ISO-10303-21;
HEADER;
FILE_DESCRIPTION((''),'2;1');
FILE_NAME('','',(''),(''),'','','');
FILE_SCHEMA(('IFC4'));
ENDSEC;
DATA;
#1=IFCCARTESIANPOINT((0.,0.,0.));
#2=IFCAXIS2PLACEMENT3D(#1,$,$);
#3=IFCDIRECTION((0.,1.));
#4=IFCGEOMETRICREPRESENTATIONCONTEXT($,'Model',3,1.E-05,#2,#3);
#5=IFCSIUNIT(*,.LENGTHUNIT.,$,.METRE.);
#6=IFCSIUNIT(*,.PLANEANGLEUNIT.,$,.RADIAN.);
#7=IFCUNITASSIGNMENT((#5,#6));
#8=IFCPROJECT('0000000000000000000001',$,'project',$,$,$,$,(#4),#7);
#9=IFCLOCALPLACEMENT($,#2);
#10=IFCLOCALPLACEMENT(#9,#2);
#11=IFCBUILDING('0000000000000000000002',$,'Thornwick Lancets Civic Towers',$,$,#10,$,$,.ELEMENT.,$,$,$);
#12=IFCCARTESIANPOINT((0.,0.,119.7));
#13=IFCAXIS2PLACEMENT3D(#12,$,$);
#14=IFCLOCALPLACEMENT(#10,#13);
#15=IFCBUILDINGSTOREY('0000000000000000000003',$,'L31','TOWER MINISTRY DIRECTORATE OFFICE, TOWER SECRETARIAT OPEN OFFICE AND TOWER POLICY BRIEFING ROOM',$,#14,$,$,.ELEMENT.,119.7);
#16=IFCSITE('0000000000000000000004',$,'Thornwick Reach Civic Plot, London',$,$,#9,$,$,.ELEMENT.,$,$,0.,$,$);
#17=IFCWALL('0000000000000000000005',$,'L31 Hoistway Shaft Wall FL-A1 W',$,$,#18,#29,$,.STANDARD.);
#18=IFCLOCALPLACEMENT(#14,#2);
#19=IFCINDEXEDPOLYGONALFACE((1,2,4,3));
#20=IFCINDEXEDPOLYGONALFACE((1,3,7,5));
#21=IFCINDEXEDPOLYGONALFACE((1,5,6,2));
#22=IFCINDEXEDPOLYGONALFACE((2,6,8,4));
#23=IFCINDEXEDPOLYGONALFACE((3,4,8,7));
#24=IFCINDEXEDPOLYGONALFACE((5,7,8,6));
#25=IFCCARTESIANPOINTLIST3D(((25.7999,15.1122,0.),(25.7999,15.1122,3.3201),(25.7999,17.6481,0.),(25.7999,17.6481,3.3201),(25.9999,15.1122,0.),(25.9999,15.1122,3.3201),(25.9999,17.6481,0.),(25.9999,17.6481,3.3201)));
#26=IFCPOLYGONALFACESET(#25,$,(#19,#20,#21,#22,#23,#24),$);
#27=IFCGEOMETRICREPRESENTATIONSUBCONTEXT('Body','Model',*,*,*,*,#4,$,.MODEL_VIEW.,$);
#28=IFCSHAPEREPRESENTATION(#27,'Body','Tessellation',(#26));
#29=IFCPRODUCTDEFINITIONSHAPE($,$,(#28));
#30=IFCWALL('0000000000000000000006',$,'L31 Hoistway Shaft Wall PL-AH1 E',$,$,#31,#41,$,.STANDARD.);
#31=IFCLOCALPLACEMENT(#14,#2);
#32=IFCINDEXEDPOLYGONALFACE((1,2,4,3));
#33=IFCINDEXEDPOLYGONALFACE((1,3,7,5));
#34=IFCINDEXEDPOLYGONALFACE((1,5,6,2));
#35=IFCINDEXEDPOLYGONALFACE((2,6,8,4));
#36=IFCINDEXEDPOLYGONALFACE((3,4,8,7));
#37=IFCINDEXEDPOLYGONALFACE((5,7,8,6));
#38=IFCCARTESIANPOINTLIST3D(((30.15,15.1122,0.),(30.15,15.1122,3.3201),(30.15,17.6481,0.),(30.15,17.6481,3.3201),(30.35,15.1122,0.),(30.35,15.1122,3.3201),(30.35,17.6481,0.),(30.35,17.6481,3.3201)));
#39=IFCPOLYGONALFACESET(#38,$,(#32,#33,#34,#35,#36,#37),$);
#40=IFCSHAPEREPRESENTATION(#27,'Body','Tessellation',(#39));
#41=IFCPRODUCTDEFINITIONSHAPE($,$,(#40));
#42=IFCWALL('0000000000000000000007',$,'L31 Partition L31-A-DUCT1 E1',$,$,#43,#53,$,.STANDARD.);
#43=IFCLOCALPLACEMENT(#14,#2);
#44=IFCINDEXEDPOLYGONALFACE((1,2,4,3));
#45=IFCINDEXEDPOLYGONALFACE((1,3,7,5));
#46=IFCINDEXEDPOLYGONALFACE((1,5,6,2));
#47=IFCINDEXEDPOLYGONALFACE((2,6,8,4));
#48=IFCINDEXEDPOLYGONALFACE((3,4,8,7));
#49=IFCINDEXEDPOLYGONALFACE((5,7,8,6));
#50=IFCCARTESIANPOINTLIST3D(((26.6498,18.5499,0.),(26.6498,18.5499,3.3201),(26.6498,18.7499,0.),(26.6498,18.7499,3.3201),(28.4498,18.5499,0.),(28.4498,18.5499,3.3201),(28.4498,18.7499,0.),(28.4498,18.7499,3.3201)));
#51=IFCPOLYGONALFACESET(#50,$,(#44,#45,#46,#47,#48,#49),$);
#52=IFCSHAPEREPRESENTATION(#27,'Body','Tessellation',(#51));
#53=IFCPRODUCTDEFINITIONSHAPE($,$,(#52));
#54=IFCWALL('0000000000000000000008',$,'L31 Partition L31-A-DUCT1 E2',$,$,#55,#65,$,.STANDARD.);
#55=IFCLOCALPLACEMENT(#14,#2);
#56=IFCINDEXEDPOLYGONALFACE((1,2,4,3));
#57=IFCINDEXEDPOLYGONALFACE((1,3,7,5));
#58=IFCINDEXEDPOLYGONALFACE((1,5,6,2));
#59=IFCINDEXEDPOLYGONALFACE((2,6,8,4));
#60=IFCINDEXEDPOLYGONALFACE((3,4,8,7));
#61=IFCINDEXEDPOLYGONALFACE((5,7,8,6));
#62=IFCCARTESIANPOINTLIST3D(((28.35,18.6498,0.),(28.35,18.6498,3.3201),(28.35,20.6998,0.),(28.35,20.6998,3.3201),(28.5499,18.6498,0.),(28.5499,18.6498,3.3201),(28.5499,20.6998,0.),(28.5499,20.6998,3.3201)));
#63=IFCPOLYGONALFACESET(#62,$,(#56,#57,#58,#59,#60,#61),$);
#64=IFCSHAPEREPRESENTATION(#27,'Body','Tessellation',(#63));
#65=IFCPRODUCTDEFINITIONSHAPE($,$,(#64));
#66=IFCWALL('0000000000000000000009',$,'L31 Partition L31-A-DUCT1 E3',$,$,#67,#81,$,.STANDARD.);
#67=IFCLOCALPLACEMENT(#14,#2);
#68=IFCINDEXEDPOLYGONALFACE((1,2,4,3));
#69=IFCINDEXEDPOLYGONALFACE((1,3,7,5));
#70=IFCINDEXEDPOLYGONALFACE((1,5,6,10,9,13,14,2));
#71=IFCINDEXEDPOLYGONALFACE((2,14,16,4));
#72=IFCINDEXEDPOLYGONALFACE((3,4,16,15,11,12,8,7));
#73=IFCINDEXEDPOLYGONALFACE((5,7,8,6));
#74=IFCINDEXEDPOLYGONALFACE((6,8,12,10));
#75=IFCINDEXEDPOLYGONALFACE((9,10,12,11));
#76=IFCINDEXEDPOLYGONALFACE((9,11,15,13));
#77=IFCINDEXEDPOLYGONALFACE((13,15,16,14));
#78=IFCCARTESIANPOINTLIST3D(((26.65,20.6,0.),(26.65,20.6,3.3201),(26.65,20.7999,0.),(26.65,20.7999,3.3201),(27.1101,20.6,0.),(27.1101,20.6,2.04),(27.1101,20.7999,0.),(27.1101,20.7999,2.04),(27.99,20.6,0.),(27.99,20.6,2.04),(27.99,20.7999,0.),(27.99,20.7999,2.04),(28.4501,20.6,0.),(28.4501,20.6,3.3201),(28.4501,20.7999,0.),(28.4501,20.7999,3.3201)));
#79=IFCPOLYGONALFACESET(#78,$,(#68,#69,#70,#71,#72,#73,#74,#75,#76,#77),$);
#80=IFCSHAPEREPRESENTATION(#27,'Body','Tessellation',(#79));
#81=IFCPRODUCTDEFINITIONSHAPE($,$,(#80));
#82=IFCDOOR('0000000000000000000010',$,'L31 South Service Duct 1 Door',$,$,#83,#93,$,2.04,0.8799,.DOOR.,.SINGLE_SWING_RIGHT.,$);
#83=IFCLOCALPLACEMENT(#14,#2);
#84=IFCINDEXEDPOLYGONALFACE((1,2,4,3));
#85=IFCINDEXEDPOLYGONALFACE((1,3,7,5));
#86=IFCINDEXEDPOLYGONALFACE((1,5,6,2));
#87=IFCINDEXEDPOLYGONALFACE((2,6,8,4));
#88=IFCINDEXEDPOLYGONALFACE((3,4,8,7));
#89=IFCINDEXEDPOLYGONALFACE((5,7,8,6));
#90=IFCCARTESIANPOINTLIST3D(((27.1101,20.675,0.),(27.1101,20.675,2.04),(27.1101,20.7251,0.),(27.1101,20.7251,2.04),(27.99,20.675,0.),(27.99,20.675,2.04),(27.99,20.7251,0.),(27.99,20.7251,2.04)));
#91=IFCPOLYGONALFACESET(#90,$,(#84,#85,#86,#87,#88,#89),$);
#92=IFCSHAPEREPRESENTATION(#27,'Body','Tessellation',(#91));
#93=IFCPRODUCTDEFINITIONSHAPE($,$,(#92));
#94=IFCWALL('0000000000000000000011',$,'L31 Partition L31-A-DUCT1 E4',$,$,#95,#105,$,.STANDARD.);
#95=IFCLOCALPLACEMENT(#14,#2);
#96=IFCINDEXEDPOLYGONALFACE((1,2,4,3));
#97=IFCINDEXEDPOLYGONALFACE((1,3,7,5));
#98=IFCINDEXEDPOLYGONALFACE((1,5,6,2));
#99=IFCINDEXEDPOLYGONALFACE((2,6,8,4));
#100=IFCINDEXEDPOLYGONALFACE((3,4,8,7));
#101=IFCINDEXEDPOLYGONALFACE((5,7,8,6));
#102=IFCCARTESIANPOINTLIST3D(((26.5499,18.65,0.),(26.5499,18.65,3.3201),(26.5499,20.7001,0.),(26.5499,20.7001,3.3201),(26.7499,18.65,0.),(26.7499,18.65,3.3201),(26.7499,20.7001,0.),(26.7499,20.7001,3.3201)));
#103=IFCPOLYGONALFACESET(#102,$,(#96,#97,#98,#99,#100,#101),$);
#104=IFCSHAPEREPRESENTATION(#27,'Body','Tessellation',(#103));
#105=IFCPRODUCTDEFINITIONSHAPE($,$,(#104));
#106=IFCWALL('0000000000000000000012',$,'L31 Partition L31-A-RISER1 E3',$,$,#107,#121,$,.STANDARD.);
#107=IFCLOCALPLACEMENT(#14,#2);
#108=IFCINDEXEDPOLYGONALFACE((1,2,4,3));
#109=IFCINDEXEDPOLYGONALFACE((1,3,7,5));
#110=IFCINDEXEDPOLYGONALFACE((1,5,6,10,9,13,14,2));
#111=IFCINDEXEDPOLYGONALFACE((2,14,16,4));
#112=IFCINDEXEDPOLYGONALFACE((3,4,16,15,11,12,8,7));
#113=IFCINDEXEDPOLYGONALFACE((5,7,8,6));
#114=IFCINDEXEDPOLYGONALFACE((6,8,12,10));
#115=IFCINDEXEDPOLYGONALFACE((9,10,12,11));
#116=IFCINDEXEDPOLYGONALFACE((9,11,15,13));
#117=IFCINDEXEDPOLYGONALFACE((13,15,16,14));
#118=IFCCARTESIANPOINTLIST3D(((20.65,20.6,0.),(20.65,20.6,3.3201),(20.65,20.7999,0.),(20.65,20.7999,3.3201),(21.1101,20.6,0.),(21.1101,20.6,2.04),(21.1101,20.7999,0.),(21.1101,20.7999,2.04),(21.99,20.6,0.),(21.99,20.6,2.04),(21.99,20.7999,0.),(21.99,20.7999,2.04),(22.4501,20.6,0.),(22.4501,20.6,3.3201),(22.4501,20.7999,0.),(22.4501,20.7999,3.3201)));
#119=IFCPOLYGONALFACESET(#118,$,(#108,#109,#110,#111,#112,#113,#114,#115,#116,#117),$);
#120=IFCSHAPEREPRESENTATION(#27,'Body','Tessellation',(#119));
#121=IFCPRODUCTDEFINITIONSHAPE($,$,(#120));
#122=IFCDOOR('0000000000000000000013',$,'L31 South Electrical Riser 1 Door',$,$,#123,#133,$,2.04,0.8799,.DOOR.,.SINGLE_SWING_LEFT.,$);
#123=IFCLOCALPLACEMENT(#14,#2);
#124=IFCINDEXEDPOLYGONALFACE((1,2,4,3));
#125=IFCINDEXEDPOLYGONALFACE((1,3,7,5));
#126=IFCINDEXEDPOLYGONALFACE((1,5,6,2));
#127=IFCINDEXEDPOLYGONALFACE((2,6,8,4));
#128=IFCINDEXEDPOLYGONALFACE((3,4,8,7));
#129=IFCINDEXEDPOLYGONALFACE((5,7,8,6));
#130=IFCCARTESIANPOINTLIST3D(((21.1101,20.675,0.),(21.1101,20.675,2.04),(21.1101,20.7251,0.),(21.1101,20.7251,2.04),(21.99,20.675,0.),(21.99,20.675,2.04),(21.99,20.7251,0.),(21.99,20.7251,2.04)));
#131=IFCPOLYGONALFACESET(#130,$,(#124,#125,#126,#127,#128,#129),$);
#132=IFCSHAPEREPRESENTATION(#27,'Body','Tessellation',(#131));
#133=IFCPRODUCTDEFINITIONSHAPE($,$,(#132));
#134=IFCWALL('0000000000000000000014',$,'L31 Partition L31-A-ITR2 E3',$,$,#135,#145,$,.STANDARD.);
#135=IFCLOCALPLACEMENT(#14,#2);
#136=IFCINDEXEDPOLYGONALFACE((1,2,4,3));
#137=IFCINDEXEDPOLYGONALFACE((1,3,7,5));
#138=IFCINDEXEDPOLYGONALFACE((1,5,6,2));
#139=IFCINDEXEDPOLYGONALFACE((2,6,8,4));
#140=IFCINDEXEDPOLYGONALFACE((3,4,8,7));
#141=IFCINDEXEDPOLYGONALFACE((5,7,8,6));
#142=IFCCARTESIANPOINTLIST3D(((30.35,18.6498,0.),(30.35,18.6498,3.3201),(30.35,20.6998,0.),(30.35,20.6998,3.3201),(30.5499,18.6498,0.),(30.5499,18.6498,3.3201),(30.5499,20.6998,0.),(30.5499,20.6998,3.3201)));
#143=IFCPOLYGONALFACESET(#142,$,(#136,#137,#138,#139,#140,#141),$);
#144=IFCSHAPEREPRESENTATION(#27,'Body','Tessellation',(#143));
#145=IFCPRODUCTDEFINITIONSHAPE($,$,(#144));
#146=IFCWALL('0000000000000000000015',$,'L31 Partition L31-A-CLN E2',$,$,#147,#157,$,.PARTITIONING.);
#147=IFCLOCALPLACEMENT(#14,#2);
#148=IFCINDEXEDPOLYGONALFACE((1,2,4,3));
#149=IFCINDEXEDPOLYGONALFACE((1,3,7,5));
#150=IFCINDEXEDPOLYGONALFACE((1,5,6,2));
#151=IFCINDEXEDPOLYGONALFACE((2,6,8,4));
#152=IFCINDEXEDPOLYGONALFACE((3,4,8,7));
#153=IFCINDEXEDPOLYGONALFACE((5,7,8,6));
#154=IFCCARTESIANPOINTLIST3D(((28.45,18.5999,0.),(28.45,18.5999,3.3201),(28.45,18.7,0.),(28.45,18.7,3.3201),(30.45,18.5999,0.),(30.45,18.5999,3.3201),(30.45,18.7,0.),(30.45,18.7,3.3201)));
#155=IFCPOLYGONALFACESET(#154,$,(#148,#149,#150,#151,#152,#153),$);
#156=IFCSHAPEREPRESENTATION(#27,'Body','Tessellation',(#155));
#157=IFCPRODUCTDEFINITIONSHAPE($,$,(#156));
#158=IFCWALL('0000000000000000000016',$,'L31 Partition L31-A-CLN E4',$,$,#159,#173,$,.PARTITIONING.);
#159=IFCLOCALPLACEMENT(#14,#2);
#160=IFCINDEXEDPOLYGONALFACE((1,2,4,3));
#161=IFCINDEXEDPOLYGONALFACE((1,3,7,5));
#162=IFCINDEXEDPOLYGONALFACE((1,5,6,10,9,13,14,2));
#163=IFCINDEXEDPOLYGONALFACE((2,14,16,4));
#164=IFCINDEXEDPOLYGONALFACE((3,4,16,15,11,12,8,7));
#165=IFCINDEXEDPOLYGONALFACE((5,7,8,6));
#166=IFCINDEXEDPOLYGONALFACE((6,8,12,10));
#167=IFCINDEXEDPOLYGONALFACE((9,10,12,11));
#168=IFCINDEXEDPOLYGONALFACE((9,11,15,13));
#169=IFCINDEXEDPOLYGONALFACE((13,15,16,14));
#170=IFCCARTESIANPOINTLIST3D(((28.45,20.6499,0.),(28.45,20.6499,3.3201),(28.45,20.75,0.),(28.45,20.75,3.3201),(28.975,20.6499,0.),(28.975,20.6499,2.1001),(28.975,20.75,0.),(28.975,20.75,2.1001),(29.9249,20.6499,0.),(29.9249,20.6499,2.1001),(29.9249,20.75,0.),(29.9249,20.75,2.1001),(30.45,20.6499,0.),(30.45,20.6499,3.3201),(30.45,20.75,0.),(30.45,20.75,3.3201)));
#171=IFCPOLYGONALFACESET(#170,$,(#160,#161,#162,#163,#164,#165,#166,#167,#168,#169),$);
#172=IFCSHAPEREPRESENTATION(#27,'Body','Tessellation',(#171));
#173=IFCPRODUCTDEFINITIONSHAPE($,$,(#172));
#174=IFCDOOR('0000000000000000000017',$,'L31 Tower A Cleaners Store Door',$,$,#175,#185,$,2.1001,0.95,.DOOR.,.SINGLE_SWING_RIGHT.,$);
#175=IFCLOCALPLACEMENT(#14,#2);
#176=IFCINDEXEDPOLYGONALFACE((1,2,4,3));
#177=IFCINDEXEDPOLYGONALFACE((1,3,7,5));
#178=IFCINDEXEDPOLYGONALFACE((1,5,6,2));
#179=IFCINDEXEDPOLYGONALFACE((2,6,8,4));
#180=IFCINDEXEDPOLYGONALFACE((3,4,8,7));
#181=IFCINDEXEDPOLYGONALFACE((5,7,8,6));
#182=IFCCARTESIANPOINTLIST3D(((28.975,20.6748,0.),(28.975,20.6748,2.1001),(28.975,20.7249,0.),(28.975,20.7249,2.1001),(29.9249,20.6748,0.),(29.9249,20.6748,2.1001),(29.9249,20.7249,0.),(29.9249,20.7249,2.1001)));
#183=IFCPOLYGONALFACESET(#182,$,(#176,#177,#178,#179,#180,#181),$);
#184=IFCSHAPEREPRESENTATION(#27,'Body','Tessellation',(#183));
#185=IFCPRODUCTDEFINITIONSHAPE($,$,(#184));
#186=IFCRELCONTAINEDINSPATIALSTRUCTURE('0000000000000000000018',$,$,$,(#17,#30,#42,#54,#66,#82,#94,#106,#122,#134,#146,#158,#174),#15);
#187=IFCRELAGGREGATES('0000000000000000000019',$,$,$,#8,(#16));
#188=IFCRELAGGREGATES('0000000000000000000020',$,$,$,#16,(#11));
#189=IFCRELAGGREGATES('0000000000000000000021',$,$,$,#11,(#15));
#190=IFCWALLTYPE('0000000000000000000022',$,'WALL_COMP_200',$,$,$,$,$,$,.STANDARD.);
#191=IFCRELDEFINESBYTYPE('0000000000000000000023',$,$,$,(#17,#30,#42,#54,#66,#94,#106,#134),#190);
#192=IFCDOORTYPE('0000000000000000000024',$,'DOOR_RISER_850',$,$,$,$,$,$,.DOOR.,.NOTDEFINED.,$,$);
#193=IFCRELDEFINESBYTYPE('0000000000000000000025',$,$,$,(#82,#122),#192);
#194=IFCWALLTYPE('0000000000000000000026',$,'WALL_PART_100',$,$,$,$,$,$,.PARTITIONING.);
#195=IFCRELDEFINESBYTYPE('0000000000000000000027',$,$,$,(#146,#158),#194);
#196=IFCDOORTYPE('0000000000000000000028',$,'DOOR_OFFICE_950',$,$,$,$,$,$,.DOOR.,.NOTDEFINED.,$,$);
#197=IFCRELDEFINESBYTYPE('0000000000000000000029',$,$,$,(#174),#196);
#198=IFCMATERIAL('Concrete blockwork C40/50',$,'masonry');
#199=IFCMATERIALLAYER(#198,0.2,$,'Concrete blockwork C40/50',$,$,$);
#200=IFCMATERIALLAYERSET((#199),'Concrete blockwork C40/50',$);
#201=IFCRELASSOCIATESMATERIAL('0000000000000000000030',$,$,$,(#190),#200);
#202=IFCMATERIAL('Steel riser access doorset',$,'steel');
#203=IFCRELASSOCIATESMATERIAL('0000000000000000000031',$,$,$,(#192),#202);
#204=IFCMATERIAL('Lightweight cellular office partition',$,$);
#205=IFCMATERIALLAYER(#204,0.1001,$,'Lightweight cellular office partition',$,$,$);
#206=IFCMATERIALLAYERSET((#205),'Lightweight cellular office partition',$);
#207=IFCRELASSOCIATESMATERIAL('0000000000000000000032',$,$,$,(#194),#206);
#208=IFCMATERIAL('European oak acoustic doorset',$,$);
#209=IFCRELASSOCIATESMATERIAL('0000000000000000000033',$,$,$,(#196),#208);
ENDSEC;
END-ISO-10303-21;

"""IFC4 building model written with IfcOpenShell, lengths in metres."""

from ifc_helpers import new_model, si_unit, direction, frame, frame_2d, origin, place, context, subcontext, project, spatial, rectangle, extrude, material, layer, layer_set, type_object, element, fill, save


model = new_model("IFC4")

# Units and contexts
model_context = context("Model", 3, precision=1e-05, world=origin(), true_north=direction((0.0, 1.0)))
body_context = subcontext(model_context, "Body", "Model", "MODEL_VIEW")
ifc_project = project(units=[si_unit("LENGTHUNIT", "METRE"), si_unit("PLANEANGLEUNIT", "RADIAN")], contexts=[model_context])

# Site, building, storey
site_placement = place(None, origin())
site = spatial("IfcSite", under=ifc_project, at=site_placement, Name="Thornwick Reach Civic Plot, London", CompositionType="ELEMENT", RefElevation=0.0)
building_placement = place(site_placement, origin())
building = spatial("IfcBuilding", under=site, at=building_placement, Name="Thornwick Lancets Civic Towers", CompositionType="ELEMENT")
storey_placement = place(building_placement, frame((0.0, 0.0, 119.7)))
storey = spatial("IfcBuildingStorey", under=building, at=storey_placement, Name="L31", Description="TOWER MINISTRY DIRECTORATE OFFICE, TOWER SECRETARIAT OPEN OFFICE AND TOWER POLICY BRIEFING ROOM", CompositionType="ELEMENT", Elevation=119.7)

# Shared definitions
ifc_material_1 = material(Name="Concrete blockwork C40/50", Category="masonry")
ifc_layer_1 = layer(ifc_material_1, 0.2, Name="Concrete blockwork C40/50")
ifc_layer_set_1 = layer_set([ifc_layer_1], Name="Concrete blockwork C40/50")
wall_type_1 = type_object("IfcWallType", Name="WALL_COMP_200", PredefinedType="STANDARD", material=ifc_layer_set_1)

# Walls
for number, where, z_axis, x_axis, name in (
    (1, (25.8999, 15.1121, 0.0), (0.0, 0.0, 1.0), (0.0, 1.0, 0.0), "L31 Hoistway Shaft Wall FL-A1 W"),
    (2, (30.25, 15.1121, 0.0), (0.0, 0.0, 1.0), (0.0, 1.0, 0.0), "L31 Hoistway Shaft Wall PL-AH1 E"),
):
    element("IfcWall", number, at=place(storey_placement, frame(where, z_axis=z_axis, x_axis=x_axis)), inside=storey, type_object=wall_type_1, Name=name, PredefinedType="STANDARD", context=body_context, shape_type="SweptSolid", body=[
        extrude(rectangle(XDim=2.5359, YDim=0.2, at=frame_2d((1.2681, 0.0))), origin(), (0.0, 0.0, 1.0), 3.3201),
    ])
wall_1_placement = place(storey_placement, frame((26.6499, 18.6499, 0.0), z_axis=(0.0, 0.0, 1.0), x_axis=(1.0, 0.0, 0.0)))
element("IfcWall", 3, at=wall_1_placement, inside=storey, type_object=wall_type_1, Name="L31 Partition L31-A-DUCT1 E1", PredefinedType="STANDARD", context=body_context, shape_type="SweptSolid", body=[
    extrude(rectangle(XDim=1.8, YDim=0.2, at=frame_2d((0.8999, 0.0))), origin(), (0.0, 0.0, 1.0), 3.3201),
])
wall_2_placement = place(storey_placement, frame((28.45, 18.6499, 0.0), z_axis=(0.0, 0.0, 1.0), x_axis=(0.0, 1.0, 0.0)))
element("IfcWall", 4, at=wall_2_placement, inside=storey, type_object=wall_type_1, Name="L31 Partition L31-A-DUCT1 E2", PredefinedType="STANDARD", context=body_context, shape_type="SweptSolid", body=[
    extrude(rectangle(XDim=2.05, YDim=0.2, at=frame_2d((1.0249, 0.0))), origin(), (0.0, 0.0, 1.0), 3.3201),
])

# Wall, opening, door
wall_3_placement = place(storey_placement, frame((28.45, 20.7, 0.0), z_axis=(0.0, 0.0, 1.0), x_axis=(-1.0, 0.0, 0.0)))
wall_3 = element("IfcWall", 5, at=wall_3_placement, inside=storey, type_object=wall_type_1, Name="L31 Partition L31-A-DUCT1 E3", PredefinedType="STANDARD", context=body_context, shape_type="SweptSolid", body=[
    extrude(rectangle(XDim=1.8, YDim=0.2, at=frame_2d((0.8999, 0.0))), origin(), (0.0, 0.0, 1.0), 3.3201),
])
opening_1_placement = place(wall_3_placement, frame((0.46, 0.0, 0.0)))
opening_1 = element("IfcOpeningElement", 6, at=opening_1_placement, cuts=wall_3, PredefinedType="OPENING", context=body_context, shape_type="SweptSolid", body=[
    extrude(rectangle(XDim=0.8799, YDim=2.04, at=frame_2d((0.4399, 1.02))), frame((0.0, 0.1099, 0.0), z_axis=(0.0, -1.0, 0.0), x_axis=(1.0, 0.0, 0.0)), (0.0, 0.0, 1.0), 0.22),
])
ifc_material_2 = material(Name="Steel riser access doorset", Category="steel")
door_type_1 = type_object("IfcDoorType", Name="DOOR_RISER_850", OperationType="NOTDEFINED", PredefinedType="DOOR", material=ifc_material_2)
door_1_placement = place(opening_1_placement, origin())
door_1 = element("IfcDoor", 7, at=door_1_placement, inside=storey, type_object=door_type_1, Name="L31 South Service Duct 1 Door", OperationType="SINGLE_SWING_RIGHT", OverallHeight=2.04, OverallWidth=0.8799, PredefinedType="DOOR", context=body_context, shape_type="SweptSolid", body=[
    extrude(rectangle(XDim=0.8799, YDim=2.04, at=frame_2d((0.4399, 1.02))), frame((0.0, 0.0249, 0.0), z_axis=(0.0, -1.0, 0.0), x_axis=(1.0, 0.0, 0.0)), (0.0, 0.0, 1.0), 0.05),
])
fill(opening_1, door_1)

# Wall
wall_4_placement = place(storey_placement, frame((26.6499, 20.7, 0.0), z_axis=(0.0, 0.0, 1.0), x_axis=(0.0, -1.0, 0.0)))
element("IfcWall", 8, at=wall_4_placement, inside=storey, type_object=wall_type_1, Name="L31 Partition L31-A-DUCT1 E4", PredefinedType="STANDARD", context=body_context, shape_type="SweptSolid", body=[
    extrude(rectangle(XDim=2.05, YDim=0.2, at=frame_2d((1.0249, 0.0))), origin(), (0.0, 0.0, 1.0), 3.3201),
])

# Wall, opening, door
wall_5_placement = place(storey_placement, frame((22.45, 20.7, 0.0), z_axis=(0.0, 0.0, 1.0), x_axis=(-1.0, 0.0, 0.0)))
wall_5 = element("IfcWall", 9, at=wall_5_placement, inside=storey, type_object=wall_type_1, Name="L31 Partition L31-A-RISER1 E3", PredefinedType="STANDARD", context=body_context, shape_type="SweptSolid", body=[
    extrude(rectangle(XDim=1.8, YDim=0.2, at=frame_2d((0.8999, 0.0))), origin(), (0.0, 0.0, 1.0), 3.3201),
])
opening_2_placement = place(wall_5_placement, frame((0.46, 0.0, 0.0)))
opening_2 = element("IfcOpeningElement", 10, at=opening_2_placement, cuts=wall_5, PredefinedType="OPENING", context=body_context, shape_type="SweptSolid", body=[
    extrude(rectangle(XDim=0.8799, YDim=2.04, at=frame_2d((0.4399, 1.02))), frame((0.0, 0.1099, 0.0), z_axis=(0.0, -1.0, 0.0), x_axis=(1.0, 0.0, 0.0)), (0.0, 0.0, 1.0), 0.22),
])
door_2_placement = place(opening_2_placement, origin())
door_2 = element("IfcDoor", 11, at=door_2_placement, inside=storey, type_object=door_type_1, Name="L31 South Electrical Riser 1 Door", OperationType="SINGLE_SWING_LEFT", OverallHeight=2.04, OverallWidth=0.8799, PredefinedType="DOOR", context=body_context, shape_type="SweptSolid", body=[
    extrude(rectangle(XDim=0.8799, YDim=2.04, at=frame_2d((0.4399, 1.02))), frame((0.0, 0.0249, 0.0), z_axis=(0.0, -1.0, 0.0), x_axis=(1.0, 0.0, 0.0)), (0.0, 0.0, 1.0), 0.05),
])
fill(opening_2, door_2)

# Walls
wall_6_placement = place(storey_placement, frame((30.45, 18.6499, 0.0), z_axis=(0.0, 0.0, 1.0), x_axis=(0.0, 1.0, 0.0)))
element("IfcWall", 12, at=wall_6_placement, inside=storey, type_object=wall_type_1, Name="L31 Partition L31-A-ITR2 E3", PredefinedType="STANDARD", context=body_context, shape_type="SweptSolid", body=[
    extrude(rectangle(XDim=2.05, YDim=0.2, at=frame_2d((1.0249, 0.0))), origin(), (0.0, 0.0, 1.0), 3.3201),
])
ifc_material_3 = material(Name="Lightweight cellular office partition")
ifc_layer_2 = layer(ifc_material_3, 0.1001, Name="Lightweight cellular office partition")
ifc_layer_set_2 = layer_set([ifc_layer_2], Name="Lightweight cellular office partition")
wall_type_2 = type_object("IfcWallType", Name="WALL_PART_100", PredefinedType="PARTITIONING", material=ifc_layer_set_2)
wall_7_placement = place(storey_placement, frame((30.45, 18.6499, 0.0), z_axis=(0.0, 0.0, 1.0), x_axis=(-1.0, 0.0, 0.0)))
element("IfcWall", 13, at=wall_7_placement, inside=storey, type_object=wall_type_2, Name="L31 Partition L31-A-CLN E2", PredefinedType="PARTITIONING", context=body_context, shape_type="SweptSolid", body=[
    extrude(rectangle(XDim=2.0, YDim=0.1001, at=frame_2d((1.0, 0.0))), origin(), (0.0, 0.0, 1.0), 3.3201),
])

# Wall, opening, door
wall_8_placement = place(storey_placement, frame((28.45, 20.7, 0.0), z_axis=(0.0, 0.0, 1.0), x_axis=(1.0, 0.0, 0.0)))
wall_8 = element("IfcWall", 14, at=wall_8_placement, inside=storey, type_object=wall_type_2, Name="L31 Partition L31-A-CLN E4", PredefinedType="PARTITIONING", context=body_context, shape_type="SweptSolid", body=[
    extrude(rectangle(XDim=2.0, YDim=0.1001, at=frame_2d((1.0, 0.0))), origin(), (0.0, 0.0, 1.0), 3.3201),
])
opening_3_placement = place(wall_8_placement, frame((0.5249, 0.0, 0.0)))
opening_3 = element("IfcOpeningElement", 15, at=opening_3_placement, cuts=wall_8, PredefinedType="OPENING", context=body_context, shape_type="SweptSolid", body=[
    extrude(rectangle(XDim=0.95, YDim=2.1001, at=frame_2d((0.4751, 1.05))), frame((0.0, 0.0601, 0.0), z_axis=(0.0, -1.0, 0.0), x_axis=(1.0, 0.0, 0.0)), (0.0, 0.0, 1.0), 0.1201),
])
ifc_material_4 = material(Name="European oak acoustic doorset")
door_type_2 = type_object("IfcDoorType", Name="DOOR_OFFICE_950", OperationType="NOTDEFINED", PredefinedType="DOOR", material=ifc_material_4)
door_3_placement = place(opening_3_placement, origin())
door_3 = element("IfcDoor", 16, at=door_3_placement, inside=storey, type_object=door_type_2, Name="L31 Tower A Cleaners Store Door", OperationType="SINGLE_SWING_RIGHT", OverallHeight=2.1001, OverallWidth=0.95, PredefinedType="DOOR", context=body_context, shape_type="SweptSolid", body=[
    extrude(rectangle(XDim=0.95, YDim=2.1001, at=frame_2d((0.4751, 1.05))), frame((0.0, 0.0249, 0.0), z_axis=(0.0, -1.0, 0.0), x_axis=(1.0, 0.0, 0.0)), (0.0, 0.0, 1.0), 0.05),
])
fill(opening_3, door_3)

save(model, "model.ifc")
